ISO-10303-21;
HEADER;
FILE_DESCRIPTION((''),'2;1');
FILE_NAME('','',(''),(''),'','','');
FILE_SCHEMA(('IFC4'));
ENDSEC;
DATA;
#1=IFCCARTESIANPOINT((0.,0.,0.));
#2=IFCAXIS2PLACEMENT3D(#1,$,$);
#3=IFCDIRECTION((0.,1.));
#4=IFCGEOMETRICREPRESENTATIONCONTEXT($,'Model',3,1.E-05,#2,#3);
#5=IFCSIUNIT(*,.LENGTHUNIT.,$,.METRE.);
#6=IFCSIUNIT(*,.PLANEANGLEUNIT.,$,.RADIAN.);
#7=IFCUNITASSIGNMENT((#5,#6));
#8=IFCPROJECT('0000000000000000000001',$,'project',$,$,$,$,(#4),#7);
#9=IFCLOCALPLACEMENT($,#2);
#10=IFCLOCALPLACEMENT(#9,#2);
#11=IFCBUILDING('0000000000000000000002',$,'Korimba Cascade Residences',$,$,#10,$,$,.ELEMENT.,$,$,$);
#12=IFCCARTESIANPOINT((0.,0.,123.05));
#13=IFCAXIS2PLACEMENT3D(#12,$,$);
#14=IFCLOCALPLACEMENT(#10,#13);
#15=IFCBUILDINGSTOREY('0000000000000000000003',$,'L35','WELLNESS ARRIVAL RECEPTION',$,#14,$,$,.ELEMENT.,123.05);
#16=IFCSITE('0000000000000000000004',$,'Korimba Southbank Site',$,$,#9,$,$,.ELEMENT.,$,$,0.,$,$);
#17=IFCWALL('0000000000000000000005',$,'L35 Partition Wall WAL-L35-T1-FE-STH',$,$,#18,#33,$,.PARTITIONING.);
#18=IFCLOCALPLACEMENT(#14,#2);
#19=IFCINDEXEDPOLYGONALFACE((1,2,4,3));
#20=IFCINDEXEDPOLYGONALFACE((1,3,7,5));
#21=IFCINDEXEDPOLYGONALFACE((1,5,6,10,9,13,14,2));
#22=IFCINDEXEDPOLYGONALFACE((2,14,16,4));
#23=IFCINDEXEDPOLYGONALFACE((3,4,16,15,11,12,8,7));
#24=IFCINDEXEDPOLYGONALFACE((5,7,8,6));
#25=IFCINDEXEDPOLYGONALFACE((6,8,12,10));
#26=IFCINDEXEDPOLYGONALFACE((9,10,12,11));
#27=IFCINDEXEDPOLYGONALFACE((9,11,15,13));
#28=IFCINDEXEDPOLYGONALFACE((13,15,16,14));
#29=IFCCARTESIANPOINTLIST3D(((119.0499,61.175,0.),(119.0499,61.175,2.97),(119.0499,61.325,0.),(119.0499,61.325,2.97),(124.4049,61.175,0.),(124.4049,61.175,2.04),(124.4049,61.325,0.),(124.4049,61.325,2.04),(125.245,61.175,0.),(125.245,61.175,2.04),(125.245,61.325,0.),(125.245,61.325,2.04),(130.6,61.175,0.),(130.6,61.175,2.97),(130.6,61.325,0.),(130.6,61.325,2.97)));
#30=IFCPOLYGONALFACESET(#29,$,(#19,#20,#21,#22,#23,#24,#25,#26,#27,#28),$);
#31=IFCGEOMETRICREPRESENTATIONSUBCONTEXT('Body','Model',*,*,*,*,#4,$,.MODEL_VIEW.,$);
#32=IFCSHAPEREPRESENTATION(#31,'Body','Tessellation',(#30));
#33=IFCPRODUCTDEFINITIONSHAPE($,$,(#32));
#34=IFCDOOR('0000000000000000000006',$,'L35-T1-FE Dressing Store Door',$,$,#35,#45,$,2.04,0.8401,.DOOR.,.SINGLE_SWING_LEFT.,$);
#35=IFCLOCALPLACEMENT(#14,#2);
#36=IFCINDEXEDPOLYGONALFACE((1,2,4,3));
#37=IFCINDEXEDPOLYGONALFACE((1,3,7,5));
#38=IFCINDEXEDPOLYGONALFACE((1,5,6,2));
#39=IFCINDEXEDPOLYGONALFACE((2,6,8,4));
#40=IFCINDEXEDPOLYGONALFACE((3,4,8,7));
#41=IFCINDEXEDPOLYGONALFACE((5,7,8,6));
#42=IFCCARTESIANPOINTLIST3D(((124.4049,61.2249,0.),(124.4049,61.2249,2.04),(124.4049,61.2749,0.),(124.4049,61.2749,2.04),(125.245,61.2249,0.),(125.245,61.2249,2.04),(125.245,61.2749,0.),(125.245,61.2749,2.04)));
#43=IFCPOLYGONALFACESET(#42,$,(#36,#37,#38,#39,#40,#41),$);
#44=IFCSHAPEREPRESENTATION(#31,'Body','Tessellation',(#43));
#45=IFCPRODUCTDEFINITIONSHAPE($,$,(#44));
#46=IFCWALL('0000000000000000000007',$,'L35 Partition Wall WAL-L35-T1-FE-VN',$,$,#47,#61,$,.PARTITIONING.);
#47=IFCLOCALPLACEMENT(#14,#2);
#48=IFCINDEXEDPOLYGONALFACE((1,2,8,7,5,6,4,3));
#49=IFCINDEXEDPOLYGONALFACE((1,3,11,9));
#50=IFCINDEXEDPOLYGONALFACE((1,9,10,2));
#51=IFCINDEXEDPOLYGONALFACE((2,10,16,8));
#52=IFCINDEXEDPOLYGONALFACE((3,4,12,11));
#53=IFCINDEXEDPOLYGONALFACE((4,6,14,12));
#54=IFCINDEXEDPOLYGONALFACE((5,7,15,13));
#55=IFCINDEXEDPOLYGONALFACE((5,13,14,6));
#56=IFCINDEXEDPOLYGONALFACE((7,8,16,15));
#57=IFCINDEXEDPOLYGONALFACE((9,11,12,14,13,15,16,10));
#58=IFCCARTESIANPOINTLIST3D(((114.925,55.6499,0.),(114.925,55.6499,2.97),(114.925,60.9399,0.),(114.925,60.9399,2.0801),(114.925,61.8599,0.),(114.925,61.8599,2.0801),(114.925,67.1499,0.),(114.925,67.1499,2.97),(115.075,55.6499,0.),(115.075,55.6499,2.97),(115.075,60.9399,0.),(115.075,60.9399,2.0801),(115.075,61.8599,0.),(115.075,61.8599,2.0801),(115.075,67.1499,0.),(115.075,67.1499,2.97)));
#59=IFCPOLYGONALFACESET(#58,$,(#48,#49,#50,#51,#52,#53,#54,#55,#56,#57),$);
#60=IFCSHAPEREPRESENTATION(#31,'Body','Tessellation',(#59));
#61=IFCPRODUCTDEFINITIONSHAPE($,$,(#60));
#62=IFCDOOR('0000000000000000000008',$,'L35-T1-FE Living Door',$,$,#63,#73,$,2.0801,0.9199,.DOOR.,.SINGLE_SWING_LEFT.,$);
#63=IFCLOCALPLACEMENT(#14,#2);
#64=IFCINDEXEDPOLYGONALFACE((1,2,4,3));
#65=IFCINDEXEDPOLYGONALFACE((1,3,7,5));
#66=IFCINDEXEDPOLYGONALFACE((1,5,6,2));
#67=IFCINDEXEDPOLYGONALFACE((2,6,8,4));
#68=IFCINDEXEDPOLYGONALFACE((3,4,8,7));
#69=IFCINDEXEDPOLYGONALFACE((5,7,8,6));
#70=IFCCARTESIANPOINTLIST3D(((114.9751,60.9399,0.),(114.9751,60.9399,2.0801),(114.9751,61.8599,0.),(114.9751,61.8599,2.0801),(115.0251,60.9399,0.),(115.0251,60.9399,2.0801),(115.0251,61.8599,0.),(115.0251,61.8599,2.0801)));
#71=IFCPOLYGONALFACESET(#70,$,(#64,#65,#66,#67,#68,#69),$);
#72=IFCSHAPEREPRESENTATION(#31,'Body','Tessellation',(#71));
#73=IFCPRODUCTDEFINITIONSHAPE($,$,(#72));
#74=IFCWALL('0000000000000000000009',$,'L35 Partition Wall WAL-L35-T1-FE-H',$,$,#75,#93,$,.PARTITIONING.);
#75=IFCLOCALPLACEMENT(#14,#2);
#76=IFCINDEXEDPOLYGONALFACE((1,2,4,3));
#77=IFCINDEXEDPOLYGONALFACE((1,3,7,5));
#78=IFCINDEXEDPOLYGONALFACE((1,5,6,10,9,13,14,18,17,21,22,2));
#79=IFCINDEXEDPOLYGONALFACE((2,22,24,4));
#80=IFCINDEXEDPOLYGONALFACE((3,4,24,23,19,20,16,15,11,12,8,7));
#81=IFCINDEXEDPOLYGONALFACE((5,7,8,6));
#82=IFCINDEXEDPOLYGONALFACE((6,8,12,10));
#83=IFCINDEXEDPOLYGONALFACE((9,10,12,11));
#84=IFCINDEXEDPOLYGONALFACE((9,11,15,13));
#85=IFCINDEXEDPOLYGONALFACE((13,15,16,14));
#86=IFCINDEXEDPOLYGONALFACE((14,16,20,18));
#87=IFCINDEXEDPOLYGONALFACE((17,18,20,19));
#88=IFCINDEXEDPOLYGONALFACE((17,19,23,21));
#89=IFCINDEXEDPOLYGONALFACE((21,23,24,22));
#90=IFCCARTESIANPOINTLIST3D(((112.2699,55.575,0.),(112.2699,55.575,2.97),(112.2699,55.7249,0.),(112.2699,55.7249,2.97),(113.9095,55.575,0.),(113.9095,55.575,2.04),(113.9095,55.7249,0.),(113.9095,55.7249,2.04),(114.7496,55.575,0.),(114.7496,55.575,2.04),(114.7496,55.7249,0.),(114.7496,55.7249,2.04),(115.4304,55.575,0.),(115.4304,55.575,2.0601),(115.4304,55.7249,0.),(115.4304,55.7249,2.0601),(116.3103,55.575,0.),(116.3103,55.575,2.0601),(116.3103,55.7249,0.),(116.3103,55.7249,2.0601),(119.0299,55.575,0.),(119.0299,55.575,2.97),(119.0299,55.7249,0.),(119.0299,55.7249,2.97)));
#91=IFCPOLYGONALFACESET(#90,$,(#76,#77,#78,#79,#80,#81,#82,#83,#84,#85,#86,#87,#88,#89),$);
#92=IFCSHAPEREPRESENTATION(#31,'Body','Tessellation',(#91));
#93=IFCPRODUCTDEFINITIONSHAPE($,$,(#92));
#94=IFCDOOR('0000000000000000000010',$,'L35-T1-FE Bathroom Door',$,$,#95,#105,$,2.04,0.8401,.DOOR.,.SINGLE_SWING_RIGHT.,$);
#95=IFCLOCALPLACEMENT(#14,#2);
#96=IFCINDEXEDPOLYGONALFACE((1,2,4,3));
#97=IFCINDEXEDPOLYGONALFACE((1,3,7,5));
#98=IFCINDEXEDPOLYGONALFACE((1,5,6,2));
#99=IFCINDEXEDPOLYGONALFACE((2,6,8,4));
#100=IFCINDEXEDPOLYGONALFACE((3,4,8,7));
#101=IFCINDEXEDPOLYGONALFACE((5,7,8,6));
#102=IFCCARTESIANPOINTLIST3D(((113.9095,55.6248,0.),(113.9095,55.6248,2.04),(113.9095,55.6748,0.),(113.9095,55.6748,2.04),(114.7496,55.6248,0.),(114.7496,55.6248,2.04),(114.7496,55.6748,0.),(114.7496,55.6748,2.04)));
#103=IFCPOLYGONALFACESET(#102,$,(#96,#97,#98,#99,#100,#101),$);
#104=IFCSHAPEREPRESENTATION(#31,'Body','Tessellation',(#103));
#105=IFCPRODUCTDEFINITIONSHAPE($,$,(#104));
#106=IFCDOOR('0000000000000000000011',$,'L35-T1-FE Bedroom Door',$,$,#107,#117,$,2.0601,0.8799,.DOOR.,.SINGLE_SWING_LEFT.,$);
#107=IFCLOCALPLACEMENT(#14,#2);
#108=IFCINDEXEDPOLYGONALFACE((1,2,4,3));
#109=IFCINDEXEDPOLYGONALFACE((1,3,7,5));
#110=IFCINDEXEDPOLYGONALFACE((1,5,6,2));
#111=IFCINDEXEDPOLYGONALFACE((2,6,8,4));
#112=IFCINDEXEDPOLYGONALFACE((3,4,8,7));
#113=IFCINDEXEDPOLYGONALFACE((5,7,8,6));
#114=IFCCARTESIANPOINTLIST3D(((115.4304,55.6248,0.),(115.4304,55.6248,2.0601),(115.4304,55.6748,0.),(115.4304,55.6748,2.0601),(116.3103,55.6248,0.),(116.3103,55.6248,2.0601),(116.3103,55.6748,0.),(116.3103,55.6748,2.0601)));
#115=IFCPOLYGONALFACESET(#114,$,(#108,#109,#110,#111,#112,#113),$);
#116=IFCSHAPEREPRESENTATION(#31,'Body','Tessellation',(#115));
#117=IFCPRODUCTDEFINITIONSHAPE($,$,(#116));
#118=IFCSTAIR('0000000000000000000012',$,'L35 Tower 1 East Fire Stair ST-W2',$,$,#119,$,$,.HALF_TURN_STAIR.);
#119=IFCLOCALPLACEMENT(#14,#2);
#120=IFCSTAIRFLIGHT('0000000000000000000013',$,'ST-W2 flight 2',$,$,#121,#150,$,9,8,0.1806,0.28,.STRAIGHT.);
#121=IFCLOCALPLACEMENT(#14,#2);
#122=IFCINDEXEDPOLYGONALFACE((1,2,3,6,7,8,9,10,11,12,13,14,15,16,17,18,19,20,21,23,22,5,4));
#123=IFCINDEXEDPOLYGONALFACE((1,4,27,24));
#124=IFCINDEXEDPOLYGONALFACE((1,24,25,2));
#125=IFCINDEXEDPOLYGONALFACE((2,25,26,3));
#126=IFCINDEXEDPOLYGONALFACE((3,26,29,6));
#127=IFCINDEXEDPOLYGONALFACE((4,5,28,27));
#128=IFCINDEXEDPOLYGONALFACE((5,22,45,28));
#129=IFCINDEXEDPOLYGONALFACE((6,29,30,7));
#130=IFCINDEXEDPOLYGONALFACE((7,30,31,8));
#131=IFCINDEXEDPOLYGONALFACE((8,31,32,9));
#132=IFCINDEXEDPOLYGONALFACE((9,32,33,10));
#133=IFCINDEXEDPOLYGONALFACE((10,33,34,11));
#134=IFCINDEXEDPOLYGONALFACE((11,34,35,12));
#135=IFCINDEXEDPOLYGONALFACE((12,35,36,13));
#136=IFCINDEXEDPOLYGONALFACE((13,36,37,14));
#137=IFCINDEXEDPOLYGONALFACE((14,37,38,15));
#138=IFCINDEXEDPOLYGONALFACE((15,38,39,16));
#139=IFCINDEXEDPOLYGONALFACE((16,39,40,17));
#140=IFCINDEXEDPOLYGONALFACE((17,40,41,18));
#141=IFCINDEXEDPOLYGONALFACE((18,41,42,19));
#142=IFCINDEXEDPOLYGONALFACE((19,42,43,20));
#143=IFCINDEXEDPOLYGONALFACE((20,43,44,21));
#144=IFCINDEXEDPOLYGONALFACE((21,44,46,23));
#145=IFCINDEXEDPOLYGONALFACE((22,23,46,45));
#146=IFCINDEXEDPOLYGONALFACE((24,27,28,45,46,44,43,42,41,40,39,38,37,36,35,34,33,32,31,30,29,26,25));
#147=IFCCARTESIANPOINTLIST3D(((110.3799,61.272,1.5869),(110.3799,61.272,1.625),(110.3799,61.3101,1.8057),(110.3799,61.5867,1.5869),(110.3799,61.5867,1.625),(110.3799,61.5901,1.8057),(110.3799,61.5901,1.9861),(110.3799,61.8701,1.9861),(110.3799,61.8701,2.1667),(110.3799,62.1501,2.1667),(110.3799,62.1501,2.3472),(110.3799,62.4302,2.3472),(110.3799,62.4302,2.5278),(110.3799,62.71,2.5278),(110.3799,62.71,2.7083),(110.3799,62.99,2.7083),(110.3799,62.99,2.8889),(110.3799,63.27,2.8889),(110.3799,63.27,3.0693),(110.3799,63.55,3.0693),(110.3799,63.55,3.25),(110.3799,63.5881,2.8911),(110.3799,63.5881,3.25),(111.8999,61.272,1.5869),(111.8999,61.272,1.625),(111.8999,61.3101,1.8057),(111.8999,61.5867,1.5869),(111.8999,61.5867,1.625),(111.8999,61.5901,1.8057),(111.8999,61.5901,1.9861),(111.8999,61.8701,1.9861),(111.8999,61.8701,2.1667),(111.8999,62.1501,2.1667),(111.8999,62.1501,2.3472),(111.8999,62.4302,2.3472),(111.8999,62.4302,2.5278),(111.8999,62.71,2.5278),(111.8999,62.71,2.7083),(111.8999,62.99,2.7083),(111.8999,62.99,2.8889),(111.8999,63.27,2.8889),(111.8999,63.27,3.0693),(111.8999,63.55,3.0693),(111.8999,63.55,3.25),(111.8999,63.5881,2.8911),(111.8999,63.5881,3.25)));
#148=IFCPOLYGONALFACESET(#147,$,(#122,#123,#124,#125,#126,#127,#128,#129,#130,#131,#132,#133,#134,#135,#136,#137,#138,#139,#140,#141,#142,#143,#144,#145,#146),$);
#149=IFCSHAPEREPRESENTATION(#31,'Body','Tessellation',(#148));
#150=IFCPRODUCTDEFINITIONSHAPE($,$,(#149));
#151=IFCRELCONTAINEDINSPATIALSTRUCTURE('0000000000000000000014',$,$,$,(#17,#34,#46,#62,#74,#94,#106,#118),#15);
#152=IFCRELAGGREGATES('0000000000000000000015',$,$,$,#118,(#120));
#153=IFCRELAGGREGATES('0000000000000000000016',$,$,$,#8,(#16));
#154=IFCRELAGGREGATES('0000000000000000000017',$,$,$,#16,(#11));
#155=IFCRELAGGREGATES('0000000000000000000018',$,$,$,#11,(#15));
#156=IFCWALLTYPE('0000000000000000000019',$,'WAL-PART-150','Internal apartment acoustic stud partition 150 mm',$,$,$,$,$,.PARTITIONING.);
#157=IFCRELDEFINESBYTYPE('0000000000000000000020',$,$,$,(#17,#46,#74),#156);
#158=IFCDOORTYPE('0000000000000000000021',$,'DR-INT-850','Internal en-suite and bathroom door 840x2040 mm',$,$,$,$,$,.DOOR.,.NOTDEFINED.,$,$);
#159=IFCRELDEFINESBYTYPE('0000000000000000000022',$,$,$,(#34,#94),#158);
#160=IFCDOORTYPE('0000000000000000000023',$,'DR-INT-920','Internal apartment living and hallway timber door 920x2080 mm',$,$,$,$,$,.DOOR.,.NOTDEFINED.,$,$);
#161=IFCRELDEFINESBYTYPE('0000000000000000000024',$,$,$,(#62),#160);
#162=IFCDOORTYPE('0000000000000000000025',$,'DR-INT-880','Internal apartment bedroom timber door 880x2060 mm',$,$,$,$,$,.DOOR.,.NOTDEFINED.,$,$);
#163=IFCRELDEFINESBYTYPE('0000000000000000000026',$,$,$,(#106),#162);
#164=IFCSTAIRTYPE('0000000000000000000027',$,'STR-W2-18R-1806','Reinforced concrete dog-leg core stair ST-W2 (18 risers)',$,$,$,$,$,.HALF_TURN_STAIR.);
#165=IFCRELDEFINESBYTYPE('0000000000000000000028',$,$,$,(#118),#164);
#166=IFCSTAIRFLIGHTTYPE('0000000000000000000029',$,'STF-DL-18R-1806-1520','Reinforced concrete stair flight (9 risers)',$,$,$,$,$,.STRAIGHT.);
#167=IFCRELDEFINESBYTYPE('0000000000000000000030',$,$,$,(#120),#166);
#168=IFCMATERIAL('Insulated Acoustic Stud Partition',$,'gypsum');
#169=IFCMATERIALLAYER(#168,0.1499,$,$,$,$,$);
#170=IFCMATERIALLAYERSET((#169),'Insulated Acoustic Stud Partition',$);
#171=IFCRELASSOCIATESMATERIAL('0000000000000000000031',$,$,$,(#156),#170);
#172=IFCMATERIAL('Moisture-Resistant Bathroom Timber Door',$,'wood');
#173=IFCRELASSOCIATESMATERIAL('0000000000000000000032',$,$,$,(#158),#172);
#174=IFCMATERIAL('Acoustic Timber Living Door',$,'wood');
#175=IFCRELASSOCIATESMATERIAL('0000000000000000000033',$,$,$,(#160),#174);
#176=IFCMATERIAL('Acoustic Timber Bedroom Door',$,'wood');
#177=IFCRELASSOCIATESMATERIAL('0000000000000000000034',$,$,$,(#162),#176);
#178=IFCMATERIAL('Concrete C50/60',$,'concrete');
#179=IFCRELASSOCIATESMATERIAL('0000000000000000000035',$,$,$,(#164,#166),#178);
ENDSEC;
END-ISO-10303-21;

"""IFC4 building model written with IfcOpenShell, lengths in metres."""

from ifc_helpers import new_model, si_unit, direction, frame, frame_2d, origin, place, context, subcontext, project, spatial, polyline, rectangle, outline, extrude, material, layer, layer_set, type_object, element, fill, aggregate, save


model = new_model("IFC4")

# Units and contexts
model_context = context("Model", 3, precision=1e-05, world=origin(), true_north=direction((0.0, 1.0)))
body_context = subcontext(model_context, "Body", "Model", "MODEL_VIEW")
ifc_project = project(units=[si_unit("LENGTHUNIT", "METRE"), si_unit("PLANEANGLEUNIT", "RADIAN")], contexts=[model_context])

# Site, building, storey
site_placement = place(None, origin())
site = spatial("IfcSite", under=ifc_project, at=site_placement, Name="Korimba Southbank Site", CompositionType="ELEMENT", RefElevation=0.0)
building_placement = place(site_placement, origin())
building = spatial("IfcBuilding", under=site, at=building_placement, Name="Korimba Cascade Residences", CompositionType="ELEMENT")
storey_placement = place(building_placement, frame((0.0, 0.0, 123.05)))
storey = spatial("IfcBuildingStorey", under=building, at=storey_placement, Name="L35", Description="WELLNESS ARRIVAL RECEPTION", CompositionType="ELEMENT", Elevation=123.05)

# Walls, openings, doors
ifc_material_1 = material(Name="Insulated Acoustic Stud Partition", Category="gypsum")
ifc_layer_1 = layer(ifc_material_1, 0.1499)
ifc_layer_set_1 = layer_set([ifc_layer_1], Name="Insulated Acoustic Stud Partition")
wall_type_1 = type_object("IfcWallType", Name="WAL-PART-150", Description="Internal apartment acoustic stud partition 150 mm", PredefinedType="PARTITIONING", material=ifc_layer_set_1)
wall_1_placement = place(storey_placement, frame((119.05, 61.25, 0.0), z_axis=(0.0, 0.0, 1.0), x_axis=(1.0, 0.0, 0.0)))
wall_1 = element("IfcWall", 1, at=wall_1_placement, inside=storey, type_object=wall_type_1, Name="L35 Partition Wall WAL-L35-T1-FE-STH", PredefinedType="PARTITIONING", context=body_context, shape_type="SweptSolid", body=[
    extrude(rectangle(XDim=11.55, YDim=0.1499, at=frame_2d((5.7749, 0.0))), origin(), (0.0, 0.0, 1.0), 2.97),
])
opening_1_placement = place(wall_1_placement, frame((5.355, 0.0, 0.0)))
opening_1 = element("IfcOpeningElement", 2, at=opening_1_placement, cuts=wall_1, PredefinedType="OPENING", context=body_context, shape_type="SweptSolid", body=[
    extrude(rectangle(XDim=0.8401, YDim=2.04, at=frame_2d((0.4199, 1.02))), frame((0.0, 0.085, 0.0), z_axis=(0.0, -1.0, 0.0), x_axis=(1.0, 0.0, 0.0)), (0.0, 0.0, 1.0), 0.1699),
])
ifc_material_2 = material(Name="Moisture-Resistant Bathroom Timber Door", Category="wood")
door_type_1 = type_object("IfcDoorType", Name="DR-INT-850", Description="Internal en-suite and bathroom door 840x2040 mm", OperationType="NOTDEFINED", PredefinedType="DOOR", material=ifc_material_2)
door_1_placement = place(opening_1_placement, origin())
door_1 = element("IfcDoor", 3, at=door_1_placement, inside=storey, type_object=door_type_1, Name="L35-T1-FE Dressing Store Door", OperationType="SINGLE_SWING_LEFT", OverallHeight=2.04, OverallWidth=0.8401, PredefinedType="DOOR", context=body_context, shape_type="SweptSolid", body=[
    extrude(rectangle(XDim=0.8401, YDim=2.04, at=frame_2d((0.4199, 1.02))), frame((0.0, 0.0249, 0.0), z_axis=(0.0, -1.0, 0.0), x_axis=(1.0, 0.0, 0.0)), (0.0, 0.0, 1.0), 0.05),
])
fill(opening_1, door_1)
wall_2_placement = place(storey_placement, frame((115.0, 55.6499, 0.0), z_axis=(0.0, 0.0, 1.0), x_axis=(0.0, 1.0, 0.0)))
wall_2 = element("IfcWall", 4, at=wall_2_placement, inside=storey, type_object=wall_type_1, Name="L35 Partition Wall WAL-L35-T1-FE-VN", PredefinedType="PARTITIONING", context=body_context, shape_type="SweptSolid", body=[
    extrude(rectangle(XDim=11.5, YDim=0.1499, at=frame_2d((5.75, 0.0))), origin(), (0.0, 0.0, 1.0), 2.97),
])
opening_2_placement = place(wall_2_placement, frame((5.29, 0.0, 0.0)))
opening_2 = element("IfcOpeningElement", 5, at=opening_2_placement, cuts=wall_2, PredefinedType="OPENING", context=body_context, shape_type="SweptSolid", body=[
    extrude(rectangle(XDim=0.9199, YDim=2.0801, at=frame_2d((0.46, 1.04))), frame((0.0, 0.085, 0.0), z_axis=(0.0, -1.0, 0.0), x_axis=(1.0, 0.0, 0.0)), (0.0, 0.0, 1.0), 0.1699),
])
ifc_material_3 = material(Name="Acoustic Timber Living Door", Category="wood")
door_type_2 = type_object("IfcDoorType", Name="DR-INT-920", Description="Internal apartment living and hallway timber door 920x2080 mm", OperationType="NOTDEFINED", PredefinedType="DOOR", material=ifc_material_3)
door_2_placement = place(opening_2_placement, origin())
door_2 = element("IfcDoor", 6, at=door_2_placement, inside=storey, type_object=door_type_2, Name="L35-T1-FE Living Door", OperationType="SINGLE_SWING_LEFT", OverallHeight=2.0801, OverallWidth=0.9199, PredefinedType="DOOR", context=body_context, shape_type="SweptSolid", body=[
    extrude(rectangle(XDim=0.9199, YDim=2.0801, at=frame_2d((0.46, 1.04))), frame((0.0, 0.0249, 0.0), z_axis=(0.0, -1.0, 0.0), x_axis=(1.0, 0.0, 0.0)), (0.0, 0.0, 1.0), 0.05),
])
fill(opening_2, door_2)

# Wall, openings, doors
wall_3_placement = place(storey_placement, frame((112.27, 55.6499, 0.0), z_axis=(0.0, 0.0, 1.0), x_axis=(1.0, 0.0, 0.0)))
wall_3 = element("IfcWall", 7, at=wall_3_placement, inside=storey, type_object=wall_type_1, Name="L35 Partition Wall WAL-L35-T1-FE-H", PredefinedType="PARTITIONING", context=body_context, shape_type="SweptSolid", body=[
    extrude(rectangle(XDim=6.76, YDim=0.1499, at=frame_2d((3.3799, 0.0))), origin(), (0.0, 0.0, 1.0), 2.97),
])
opening_3_placement = place(wall_3_placement, frame((1.6396, 0.0, 0.0)))
opening_3 = element("IfcOpeningElement", 8, at=opening_3_placement, cuts=wall_3, PredefinedType="OPENING", context=body_context, shape_type="SweptSolid", body=[
    extrude(rectangle(XDim=0.8401, YDim=2.04, at=frame_2d((0.4199, 1.02))), frame((0.0, 0.085, 0.0), z_axis=(0.0, -1.0, 0.0), x_axis=(1.0, 0.0, 0.0)), (0.0, 0.0, 1.0), 0.1699),
])
opening_4_placement = place(wall_3_placement, frame((3.1604, 0.0, 0.0)))
opening_4 = element("IfcOpeningElement", 9, at=opening_4_placement, cuts=wall_3, PredefinedType="OPENING", context=body_context, shape_type="SweptSolid", body=[
    extrude(rectangle(XDim=0.8799, YDim=2.0601, at=frame_2d((0.4399, 1.03))), frame((0.0, 0.085, 0.0), z_axis=(0.0, -1.0, 0.0), x_axis=(1.0, 0.0, 0.0)), (0.0, 0.0, 1.0), 0.1699),
])
door_3_placement = place(opening_3_placement, origin())
door_3 = element("IfcDoor", 10, at=door_3_placement, inside=storey, type_object=door_type_1, Name="L35-T1-FE Bathroom Door", OperationType="SINGLE_SWING_RIGHT", OverallHeight=2.04, OverallWidth=0.8401, PredefinedType="DOOR", context=body_context, shape_type="SweptSolid", body=[
    extrude(rectangle(XDim=0.8401, YDim=2.04, at=frame_2d((0.4199, 1.02))), frame((0.0, 0.0249, 0.0), z_axis=(0.0, -1.0, 0.0), x_axis=(1.0, 0.0, 0.0)), (0.0, 0.0, 1.0), 0.05),
])
fill(opening_3, door_3)
ifc_material_4 = material(Name="Acoustic Timber Bedroom Door", Category="wood")
door_type_3 = type_object("IfcDoorType", Name="DR-INT-880", Description="Internal apartment bedroom timber door 880x2060 mm", OperationType="NOTDEFINED", PredefinedType="DOOR", material=ifc_material_4)
door_4_placement = place(opening_4_placement, origin())
door_4 = element("IfcDoor", 11, at=door_4_placement, inside=storey, type_object=door_type_3, Name="L35-T1-FE Bedroom Door", OperationType="SINGLE_SWING_LEFT", OverallHeight=2.0601, OverallWidth=0.8799, PredefinedType="DOOR", context=body_context, shape_type="SweptSolid", body=[
    extrude(rectangle(XDim=0.8799, YDim=2.0601, at=frame_2d((0.4399, 1.03))), frame((0.0, 0.0249, 0.0), z_axis=(0.0, -1.0, 0.0), x_axis=(1.0, 0.0, 0.0)), (0.0, 0.0, 1.0), 0.05),
])
fill(opening_4, door_4)

# Stair, stair flight
ifc_material_5 = material(Name="Concrete C50/60", Category="concrete")
stair_type = type_object("IfcStairType", Name="STR-W2-18R-1806", Description="Reinforced concrete dog-leg core stair ST-W2 (18 risers)", PredefinedType="HALF_TURN_STAIR", material=ifc_material_5)
stair_placement = place(storey_placement, origin())
stair = element("IfcStair", 12, at=stair_placement, inside=storey, type_object=stair_type, Name="L35 Tower 1 East Fire Stair ST-W2", PredefinedType="HALF_TURN_STAIR")
stair_flight_type = type_object("IfcStairFlightType", Name="STF-DL-18R-1806-1520", Description="Reinforced concrete stair flight (9 risers)", PredefinedType="STRAIGHT", material=ifc_material_5)
stair_flight_placement = place(storey_placement, frame((111.1399, 61.3101, 1.625), z_axis=(0.0, 0.0, 1.0), x_axis=(0.0, 1.0, 0.0)))
stair_flight = element("IfcStairFlight", 13, at=stair_flight_placement, type_object=stair_flight_type, Name="ST-W2 flight 2", NumberOfRisers=9, NumberOfTreads=8, PredefinedType="STRAIGHT", RiserHeight=0.1806, TreadLength=0.28, context=body_context, shape_type="SweptSolid", body=[
    extrude(outline(polyline([(-0.0381, 0.0), (0.0, 0.1807), (0.28, 0.1807), (0.28, 0.3611), (0.5601, 0.3611), (0.5601, 0.5417), (0.8401, 0.5417), (0.8401, 0.7222), (1.1201, 0.7222), (1.1201, 0.9028), (1.3999, 0.9028), (1.3999, 1.0833), (1.6799, 1.0833), (1.6799, 1.2639), (1.96, 1.2639), (1.96, 1.4443), (2.24, 1.4443), (2.24, 1.625), (2.2781, 1.625), (2.2781, 1.2661), (0.2766, 0.0), (0.2766, -0.0381), (-0.0381, -0.0381), (-0.0381, 0.0)])), frame((0.0, 0.76, 0.0), z_axis=(0.0, -1.0, 0.0), x_axis=(1.0, 0.0, 0.0)), (0.0, 0.0, 1.0), 1.52),
])
aggregate(stair, [stair_flight])

save(model, "model.ifc")
